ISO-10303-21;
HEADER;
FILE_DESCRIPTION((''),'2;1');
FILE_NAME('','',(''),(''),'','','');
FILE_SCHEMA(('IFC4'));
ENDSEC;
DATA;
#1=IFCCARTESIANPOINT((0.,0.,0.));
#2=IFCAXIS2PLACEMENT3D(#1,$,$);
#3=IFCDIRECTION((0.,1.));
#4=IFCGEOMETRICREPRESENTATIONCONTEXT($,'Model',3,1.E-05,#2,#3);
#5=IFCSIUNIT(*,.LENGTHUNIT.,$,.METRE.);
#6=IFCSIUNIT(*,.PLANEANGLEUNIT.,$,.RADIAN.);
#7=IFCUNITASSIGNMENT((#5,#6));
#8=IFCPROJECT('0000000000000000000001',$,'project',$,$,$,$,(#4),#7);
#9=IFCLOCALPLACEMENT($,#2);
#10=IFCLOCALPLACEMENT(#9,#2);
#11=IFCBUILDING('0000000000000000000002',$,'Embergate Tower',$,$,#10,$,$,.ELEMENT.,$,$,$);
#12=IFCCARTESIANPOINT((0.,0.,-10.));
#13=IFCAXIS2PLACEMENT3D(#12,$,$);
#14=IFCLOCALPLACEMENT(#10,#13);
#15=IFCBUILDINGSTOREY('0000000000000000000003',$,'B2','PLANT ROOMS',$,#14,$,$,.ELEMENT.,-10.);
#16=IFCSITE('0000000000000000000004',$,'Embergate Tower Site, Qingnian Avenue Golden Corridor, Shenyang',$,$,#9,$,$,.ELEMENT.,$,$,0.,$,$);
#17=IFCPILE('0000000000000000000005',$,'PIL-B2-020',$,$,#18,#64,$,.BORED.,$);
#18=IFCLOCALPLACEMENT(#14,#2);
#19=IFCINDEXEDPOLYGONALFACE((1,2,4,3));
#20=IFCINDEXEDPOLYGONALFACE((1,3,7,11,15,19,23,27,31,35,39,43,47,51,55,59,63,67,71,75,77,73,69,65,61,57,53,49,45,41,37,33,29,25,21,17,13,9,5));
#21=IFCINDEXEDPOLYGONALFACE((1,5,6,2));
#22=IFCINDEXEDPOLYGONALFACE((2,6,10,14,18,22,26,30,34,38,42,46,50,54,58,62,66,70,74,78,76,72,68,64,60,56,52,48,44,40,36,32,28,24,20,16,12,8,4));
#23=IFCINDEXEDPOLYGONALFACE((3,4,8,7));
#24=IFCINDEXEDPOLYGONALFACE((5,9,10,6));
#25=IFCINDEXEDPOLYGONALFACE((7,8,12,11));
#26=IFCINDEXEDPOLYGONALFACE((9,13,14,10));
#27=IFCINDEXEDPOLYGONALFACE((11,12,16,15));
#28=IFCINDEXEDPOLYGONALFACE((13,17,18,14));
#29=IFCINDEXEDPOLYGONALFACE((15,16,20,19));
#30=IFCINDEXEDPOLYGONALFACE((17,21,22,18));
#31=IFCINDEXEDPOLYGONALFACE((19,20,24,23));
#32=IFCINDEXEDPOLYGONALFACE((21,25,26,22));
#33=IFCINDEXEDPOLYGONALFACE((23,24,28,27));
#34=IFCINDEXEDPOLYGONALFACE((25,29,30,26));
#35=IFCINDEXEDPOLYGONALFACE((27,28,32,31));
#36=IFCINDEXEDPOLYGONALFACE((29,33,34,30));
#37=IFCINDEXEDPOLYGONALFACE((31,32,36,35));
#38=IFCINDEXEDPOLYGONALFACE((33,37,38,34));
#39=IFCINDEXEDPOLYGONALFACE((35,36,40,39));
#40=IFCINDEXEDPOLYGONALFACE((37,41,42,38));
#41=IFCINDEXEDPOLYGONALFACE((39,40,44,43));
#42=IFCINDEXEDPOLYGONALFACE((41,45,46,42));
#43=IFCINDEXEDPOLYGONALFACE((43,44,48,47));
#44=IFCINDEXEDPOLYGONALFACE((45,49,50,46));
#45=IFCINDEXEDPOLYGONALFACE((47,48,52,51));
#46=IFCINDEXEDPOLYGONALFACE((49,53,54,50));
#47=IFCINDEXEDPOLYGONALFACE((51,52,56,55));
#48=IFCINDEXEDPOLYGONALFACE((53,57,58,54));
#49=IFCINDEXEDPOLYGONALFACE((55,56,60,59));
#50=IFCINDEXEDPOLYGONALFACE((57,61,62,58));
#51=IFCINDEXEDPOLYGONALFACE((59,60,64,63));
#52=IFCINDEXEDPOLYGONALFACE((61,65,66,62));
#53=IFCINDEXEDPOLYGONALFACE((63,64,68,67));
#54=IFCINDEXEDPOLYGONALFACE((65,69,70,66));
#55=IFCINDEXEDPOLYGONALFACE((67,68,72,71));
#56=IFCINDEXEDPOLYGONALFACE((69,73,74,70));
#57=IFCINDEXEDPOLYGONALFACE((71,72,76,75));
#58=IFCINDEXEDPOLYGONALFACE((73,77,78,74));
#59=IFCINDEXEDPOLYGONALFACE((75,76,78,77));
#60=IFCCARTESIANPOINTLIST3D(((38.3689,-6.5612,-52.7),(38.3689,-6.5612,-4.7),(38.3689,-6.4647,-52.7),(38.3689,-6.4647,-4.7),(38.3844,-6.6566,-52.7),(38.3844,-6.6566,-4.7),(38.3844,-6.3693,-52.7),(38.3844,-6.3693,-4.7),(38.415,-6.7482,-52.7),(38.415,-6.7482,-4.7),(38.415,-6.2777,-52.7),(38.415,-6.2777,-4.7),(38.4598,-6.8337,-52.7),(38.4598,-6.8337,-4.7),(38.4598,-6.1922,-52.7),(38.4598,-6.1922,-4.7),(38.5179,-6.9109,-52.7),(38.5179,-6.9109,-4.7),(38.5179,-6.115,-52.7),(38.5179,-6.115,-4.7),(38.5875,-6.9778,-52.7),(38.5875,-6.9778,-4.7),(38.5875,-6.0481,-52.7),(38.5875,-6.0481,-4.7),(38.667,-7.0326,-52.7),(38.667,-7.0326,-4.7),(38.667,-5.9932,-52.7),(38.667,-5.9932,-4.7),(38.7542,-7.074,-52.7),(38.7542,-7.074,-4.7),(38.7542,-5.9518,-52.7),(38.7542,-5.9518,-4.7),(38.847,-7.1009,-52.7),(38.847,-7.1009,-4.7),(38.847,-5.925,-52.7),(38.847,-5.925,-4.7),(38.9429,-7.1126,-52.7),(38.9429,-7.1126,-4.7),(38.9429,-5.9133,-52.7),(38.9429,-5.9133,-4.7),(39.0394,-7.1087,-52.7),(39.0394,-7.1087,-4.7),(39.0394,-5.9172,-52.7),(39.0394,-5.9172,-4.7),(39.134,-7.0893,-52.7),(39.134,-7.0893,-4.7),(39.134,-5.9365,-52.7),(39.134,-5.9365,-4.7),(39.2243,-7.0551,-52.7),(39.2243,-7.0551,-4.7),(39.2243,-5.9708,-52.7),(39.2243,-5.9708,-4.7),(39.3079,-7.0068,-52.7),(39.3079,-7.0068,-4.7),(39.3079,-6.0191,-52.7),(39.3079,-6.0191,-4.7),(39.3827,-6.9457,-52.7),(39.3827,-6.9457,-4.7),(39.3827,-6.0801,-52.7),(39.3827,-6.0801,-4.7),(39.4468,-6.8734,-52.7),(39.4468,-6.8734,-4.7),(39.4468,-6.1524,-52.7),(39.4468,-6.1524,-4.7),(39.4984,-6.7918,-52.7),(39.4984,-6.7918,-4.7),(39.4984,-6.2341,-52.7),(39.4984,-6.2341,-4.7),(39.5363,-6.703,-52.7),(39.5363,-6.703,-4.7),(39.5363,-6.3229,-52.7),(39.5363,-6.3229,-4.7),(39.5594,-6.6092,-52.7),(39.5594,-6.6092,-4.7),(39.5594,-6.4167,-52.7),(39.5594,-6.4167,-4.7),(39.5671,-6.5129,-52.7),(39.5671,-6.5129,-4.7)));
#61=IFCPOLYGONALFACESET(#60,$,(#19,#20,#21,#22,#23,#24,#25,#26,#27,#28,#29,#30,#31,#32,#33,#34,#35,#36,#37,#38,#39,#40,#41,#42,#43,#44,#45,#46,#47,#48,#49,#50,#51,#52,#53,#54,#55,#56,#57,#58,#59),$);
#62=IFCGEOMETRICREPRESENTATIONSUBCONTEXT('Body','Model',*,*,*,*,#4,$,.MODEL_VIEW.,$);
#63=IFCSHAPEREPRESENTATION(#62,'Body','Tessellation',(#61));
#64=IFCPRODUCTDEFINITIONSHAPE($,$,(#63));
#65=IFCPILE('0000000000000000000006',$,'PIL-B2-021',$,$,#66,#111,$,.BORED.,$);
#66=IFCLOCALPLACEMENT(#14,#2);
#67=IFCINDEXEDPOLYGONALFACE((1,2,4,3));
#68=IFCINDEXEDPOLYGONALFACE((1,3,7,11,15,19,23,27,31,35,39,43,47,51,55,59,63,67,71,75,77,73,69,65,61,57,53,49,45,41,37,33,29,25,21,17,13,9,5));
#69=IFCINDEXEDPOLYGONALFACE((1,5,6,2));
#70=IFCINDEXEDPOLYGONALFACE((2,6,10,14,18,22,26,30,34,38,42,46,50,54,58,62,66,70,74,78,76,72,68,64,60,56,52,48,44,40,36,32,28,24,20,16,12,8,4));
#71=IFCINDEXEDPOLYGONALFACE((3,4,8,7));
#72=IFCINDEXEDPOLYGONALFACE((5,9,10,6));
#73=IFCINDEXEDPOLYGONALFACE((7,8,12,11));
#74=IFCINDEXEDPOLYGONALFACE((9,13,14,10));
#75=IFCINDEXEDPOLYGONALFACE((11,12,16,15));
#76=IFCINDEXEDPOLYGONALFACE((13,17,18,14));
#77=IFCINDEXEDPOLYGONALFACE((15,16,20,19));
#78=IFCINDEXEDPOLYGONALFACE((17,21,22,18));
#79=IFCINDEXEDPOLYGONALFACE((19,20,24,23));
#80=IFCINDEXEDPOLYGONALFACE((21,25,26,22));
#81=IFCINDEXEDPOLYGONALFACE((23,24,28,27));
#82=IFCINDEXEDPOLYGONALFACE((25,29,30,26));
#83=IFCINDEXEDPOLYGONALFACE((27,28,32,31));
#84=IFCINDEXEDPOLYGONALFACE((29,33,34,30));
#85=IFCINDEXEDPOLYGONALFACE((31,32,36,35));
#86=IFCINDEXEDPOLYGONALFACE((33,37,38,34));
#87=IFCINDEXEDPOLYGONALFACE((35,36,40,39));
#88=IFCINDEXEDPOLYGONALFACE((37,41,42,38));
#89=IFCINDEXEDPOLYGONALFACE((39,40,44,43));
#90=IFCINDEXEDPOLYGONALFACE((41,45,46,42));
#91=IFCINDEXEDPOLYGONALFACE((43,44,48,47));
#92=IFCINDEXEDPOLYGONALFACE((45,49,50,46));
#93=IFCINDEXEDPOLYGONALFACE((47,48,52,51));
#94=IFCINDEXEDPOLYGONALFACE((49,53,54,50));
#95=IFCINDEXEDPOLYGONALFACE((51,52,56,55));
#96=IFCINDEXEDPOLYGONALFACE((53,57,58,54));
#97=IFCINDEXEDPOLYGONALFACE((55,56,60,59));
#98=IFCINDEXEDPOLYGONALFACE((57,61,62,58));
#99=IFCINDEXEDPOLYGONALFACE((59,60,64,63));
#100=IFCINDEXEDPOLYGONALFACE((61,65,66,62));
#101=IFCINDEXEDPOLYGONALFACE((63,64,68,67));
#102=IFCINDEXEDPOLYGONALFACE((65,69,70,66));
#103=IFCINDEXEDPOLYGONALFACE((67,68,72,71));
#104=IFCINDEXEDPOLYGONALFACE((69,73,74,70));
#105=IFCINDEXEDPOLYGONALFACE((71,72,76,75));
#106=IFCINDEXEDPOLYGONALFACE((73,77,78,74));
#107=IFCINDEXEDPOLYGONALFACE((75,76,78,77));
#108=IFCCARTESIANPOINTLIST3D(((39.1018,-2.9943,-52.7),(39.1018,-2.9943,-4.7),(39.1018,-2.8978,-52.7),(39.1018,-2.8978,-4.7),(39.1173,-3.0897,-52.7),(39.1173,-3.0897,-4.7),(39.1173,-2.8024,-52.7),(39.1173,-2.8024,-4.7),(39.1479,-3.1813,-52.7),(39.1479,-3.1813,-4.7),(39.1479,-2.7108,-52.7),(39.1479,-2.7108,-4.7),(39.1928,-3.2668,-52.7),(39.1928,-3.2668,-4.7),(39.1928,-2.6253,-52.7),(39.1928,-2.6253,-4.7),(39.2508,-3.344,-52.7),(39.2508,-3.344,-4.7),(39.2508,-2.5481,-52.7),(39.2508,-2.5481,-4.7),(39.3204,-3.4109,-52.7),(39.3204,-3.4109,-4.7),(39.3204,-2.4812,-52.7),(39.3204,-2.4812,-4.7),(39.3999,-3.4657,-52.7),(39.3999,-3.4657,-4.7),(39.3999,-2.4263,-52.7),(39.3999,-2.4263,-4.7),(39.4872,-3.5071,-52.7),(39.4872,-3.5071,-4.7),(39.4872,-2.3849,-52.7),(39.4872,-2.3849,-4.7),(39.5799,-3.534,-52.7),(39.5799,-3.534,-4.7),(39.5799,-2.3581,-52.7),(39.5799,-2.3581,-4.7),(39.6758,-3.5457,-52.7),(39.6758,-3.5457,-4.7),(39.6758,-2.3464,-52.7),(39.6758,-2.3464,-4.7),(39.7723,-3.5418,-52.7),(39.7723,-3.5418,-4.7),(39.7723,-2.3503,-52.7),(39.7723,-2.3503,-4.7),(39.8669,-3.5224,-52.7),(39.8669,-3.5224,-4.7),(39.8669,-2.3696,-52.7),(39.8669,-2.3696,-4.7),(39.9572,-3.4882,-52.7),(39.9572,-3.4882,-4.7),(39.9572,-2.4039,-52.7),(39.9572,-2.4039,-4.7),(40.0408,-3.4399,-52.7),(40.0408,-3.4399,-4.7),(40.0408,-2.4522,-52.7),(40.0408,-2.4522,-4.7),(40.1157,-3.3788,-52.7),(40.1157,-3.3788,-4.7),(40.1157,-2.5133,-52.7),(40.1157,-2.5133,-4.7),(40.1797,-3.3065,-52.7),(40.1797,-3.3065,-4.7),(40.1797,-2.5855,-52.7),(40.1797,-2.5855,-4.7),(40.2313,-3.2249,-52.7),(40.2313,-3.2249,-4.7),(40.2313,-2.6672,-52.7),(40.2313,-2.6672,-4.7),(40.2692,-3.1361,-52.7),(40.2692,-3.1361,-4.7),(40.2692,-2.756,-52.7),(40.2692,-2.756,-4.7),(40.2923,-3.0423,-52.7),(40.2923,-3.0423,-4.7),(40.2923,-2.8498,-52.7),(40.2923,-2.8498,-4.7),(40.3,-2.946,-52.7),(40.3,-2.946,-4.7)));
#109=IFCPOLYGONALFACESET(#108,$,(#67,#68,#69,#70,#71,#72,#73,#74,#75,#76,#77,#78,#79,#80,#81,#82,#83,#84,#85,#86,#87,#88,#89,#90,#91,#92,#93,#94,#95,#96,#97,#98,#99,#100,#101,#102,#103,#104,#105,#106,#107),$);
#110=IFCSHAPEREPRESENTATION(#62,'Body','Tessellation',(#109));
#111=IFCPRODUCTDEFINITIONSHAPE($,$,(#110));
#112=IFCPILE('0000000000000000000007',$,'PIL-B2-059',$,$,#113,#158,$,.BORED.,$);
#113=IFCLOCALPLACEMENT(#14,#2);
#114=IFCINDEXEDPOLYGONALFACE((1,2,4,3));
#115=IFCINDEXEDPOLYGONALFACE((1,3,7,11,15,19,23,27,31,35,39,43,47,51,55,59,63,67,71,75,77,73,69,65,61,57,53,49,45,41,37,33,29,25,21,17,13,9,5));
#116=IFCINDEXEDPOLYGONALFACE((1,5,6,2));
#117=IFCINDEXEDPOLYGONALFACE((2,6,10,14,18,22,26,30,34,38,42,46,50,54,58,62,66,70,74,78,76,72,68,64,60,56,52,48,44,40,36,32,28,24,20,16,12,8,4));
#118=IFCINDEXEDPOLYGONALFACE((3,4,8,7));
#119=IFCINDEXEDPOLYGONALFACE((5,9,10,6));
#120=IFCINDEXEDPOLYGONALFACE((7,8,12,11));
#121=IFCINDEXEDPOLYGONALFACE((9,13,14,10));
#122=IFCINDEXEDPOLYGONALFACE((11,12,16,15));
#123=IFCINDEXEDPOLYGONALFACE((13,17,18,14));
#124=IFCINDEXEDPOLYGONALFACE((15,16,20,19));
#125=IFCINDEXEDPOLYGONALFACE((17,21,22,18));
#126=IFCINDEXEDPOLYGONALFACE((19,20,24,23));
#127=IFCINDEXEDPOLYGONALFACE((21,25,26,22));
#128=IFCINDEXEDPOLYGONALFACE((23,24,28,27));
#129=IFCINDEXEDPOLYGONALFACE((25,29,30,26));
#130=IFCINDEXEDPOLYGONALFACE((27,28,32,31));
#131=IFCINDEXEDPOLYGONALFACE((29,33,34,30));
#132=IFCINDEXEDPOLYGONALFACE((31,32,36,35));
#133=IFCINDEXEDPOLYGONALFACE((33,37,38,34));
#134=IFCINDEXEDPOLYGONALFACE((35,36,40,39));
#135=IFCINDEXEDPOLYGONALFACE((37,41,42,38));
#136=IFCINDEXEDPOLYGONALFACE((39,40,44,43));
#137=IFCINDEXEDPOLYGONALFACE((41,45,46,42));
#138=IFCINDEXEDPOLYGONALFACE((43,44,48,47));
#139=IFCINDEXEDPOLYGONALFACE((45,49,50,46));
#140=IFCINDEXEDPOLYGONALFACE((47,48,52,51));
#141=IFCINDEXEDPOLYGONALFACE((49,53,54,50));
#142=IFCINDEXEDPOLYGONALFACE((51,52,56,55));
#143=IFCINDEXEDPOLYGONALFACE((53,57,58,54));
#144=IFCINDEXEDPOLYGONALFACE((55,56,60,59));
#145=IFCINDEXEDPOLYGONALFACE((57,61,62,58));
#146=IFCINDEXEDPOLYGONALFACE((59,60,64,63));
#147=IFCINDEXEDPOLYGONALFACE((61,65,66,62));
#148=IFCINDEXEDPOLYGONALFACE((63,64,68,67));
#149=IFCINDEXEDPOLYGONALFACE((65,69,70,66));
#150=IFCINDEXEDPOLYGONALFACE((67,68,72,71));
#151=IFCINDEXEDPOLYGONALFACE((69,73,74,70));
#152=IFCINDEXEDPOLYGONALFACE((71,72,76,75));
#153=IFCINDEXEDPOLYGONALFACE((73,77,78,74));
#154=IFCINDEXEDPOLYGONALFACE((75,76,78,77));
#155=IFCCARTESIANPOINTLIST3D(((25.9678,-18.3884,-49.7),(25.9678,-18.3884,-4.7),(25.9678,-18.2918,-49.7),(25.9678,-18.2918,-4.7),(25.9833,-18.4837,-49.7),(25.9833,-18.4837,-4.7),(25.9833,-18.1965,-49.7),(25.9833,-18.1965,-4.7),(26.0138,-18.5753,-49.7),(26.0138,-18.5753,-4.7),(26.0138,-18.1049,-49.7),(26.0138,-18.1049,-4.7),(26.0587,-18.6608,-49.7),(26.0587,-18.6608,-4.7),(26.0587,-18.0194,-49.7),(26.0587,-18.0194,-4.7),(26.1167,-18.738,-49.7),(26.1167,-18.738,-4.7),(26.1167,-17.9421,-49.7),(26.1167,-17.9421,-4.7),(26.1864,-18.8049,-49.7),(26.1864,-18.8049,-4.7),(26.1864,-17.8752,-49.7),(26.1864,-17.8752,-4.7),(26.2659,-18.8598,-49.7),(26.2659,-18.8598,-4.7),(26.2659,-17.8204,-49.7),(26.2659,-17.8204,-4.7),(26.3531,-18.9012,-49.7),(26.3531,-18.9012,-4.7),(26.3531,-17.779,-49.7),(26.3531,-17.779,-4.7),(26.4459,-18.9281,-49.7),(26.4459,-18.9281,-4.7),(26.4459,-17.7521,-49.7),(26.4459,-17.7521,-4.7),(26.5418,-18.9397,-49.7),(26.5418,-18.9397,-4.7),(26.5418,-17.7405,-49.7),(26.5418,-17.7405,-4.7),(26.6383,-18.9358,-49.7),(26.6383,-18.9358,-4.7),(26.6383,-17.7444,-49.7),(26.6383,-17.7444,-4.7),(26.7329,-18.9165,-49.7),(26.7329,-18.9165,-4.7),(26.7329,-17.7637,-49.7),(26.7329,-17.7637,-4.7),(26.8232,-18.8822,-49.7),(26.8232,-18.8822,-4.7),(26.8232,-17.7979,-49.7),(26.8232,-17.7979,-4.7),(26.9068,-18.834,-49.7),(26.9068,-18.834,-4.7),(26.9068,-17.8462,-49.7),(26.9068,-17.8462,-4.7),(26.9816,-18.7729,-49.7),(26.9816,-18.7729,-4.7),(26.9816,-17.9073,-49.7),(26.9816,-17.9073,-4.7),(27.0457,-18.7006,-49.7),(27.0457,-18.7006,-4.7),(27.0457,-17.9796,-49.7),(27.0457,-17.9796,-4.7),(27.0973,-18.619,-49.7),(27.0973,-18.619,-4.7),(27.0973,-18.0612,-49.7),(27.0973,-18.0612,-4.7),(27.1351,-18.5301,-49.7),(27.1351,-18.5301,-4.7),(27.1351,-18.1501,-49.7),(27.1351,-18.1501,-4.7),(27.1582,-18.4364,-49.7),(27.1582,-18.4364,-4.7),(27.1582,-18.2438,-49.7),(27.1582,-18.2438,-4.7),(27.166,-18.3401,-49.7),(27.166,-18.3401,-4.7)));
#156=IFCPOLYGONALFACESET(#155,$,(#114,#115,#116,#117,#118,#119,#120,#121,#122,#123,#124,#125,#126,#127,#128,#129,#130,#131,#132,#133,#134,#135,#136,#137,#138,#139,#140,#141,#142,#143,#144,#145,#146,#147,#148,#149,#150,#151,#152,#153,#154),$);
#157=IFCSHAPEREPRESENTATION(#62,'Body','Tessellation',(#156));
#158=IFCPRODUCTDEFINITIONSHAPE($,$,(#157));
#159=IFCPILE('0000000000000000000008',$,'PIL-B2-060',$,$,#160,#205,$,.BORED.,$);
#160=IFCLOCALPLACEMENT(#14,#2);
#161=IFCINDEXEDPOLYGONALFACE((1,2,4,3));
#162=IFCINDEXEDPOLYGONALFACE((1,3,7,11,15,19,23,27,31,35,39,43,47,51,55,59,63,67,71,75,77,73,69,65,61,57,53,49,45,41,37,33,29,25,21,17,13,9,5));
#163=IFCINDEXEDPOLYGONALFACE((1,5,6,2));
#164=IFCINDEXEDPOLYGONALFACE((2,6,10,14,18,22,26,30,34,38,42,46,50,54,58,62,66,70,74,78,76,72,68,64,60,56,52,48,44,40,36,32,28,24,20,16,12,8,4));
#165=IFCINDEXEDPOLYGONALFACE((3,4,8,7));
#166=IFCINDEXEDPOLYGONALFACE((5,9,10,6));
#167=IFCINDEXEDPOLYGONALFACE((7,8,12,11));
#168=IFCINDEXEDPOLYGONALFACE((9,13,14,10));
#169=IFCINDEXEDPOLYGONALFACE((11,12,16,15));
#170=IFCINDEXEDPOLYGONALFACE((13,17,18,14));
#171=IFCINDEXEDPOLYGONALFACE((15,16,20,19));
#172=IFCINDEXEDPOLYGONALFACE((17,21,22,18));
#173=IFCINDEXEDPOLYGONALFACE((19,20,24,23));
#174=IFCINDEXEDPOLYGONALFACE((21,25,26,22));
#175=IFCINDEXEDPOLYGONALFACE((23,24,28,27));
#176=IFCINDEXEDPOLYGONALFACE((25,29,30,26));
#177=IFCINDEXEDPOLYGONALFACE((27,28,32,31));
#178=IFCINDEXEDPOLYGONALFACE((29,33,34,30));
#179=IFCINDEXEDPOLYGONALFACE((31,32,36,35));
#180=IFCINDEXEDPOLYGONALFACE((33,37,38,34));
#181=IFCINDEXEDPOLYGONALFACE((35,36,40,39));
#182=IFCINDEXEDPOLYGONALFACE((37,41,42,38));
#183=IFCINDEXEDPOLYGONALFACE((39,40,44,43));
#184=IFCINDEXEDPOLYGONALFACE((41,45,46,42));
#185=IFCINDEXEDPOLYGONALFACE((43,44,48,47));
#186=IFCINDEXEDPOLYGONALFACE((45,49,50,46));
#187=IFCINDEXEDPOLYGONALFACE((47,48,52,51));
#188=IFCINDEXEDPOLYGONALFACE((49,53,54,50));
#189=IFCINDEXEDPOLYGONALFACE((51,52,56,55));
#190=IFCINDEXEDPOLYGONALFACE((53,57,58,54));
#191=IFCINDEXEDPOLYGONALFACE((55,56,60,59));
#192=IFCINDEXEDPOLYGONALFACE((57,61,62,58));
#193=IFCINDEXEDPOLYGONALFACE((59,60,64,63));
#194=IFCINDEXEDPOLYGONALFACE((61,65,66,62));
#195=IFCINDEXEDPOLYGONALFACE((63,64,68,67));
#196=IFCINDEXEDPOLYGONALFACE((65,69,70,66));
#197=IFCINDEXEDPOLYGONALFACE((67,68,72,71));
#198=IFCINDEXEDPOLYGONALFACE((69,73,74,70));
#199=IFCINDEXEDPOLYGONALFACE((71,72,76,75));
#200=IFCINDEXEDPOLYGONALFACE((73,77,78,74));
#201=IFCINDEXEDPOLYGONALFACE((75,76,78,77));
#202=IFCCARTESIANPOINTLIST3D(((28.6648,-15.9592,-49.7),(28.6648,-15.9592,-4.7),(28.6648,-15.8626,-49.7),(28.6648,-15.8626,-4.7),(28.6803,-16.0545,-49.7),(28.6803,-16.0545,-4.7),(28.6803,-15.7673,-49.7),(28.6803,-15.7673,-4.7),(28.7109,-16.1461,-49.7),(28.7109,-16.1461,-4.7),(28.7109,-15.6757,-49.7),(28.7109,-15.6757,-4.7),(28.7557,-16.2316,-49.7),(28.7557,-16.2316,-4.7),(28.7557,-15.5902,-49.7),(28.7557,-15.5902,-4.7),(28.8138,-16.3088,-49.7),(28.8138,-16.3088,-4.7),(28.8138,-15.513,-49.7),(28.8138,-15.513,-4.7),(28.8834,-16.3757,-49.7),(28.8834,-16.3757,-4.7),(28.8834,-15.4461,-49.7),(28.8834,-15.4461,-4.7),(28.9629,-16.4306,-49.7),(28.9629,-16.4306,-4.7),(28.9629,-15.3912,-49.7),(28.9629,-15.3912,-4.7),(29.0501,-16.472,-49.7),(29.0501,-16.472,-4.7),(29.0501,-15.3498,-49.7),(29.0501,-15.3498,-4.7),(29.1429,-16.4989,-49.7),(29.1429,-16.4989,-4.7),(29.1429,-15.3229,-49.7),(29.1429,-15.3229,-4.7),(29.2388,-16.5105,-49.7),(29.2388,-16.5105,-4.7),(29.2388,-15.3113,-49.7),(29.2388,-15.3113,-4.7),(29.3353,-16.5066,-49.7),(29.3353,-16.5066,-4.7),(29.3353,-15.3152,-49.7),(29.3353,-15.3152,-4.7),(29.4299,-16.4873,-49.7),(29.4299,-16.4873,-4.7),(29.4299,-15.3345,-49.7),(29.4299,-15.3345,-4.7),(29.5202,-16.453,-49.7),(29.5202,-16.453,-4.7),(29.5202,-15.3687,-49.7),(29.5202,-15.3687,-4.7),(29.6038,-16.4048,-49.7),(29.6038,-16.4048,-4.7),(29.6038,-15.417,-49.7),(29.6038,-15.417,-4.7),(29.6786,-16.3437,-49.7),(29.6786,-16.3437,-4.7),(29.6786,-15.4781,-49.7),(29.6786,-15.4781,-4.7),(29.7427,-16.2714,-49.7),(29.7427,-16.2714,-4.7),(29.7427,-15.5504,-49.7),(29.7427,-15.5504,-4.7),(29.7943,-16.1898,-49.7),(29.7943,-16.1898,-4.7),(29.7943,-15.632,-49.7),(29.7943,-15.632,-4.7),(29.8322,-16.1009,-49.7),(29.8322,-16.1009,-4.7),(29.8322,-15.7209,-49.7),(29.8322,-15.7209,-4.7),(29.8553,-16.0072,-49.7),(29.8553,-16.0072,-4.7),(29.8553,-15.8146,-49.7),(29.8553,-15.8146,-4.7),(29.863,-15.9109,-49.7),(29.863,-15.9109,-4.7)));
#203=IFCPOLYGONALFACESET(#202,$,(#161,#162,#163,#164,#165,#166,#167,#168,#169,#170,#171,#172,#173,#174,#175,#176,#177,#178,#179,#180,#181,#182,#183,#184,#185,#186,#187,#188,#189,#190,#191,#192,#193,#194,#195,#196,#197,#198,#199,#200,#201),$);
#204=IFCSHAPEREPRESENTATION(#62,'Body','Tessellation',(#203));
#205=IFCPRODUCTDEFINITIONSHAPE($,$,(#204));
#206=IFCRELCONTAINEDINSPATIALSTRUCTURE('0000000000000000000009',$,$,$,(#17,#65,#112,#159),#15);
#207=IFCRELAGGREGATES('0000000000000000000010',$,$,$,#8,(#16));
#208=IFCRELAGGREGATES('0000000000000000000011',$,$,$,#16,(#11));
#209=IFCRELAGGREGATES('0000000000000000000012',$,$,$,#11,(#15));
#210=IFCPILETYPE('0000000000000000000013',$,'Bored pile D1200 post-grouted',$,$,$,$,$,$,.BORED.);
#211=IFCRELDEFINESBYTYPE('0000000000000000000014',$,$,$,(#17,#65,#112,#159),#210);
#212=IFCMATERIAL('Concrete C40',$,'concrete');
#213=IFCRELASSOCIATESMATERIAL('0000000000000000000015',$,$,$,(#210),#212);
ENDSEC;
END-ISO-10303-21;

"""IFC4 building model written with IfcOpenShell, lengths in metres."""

from ifc_helpers import new_model, si_unit, direction, frame, origin, origin_2d, place, context, subcontext, project, spatial, circle, extrude, source, transform, mapped, material, material_profile, profile_set, type_object, element, save


model = new_model("IFC4")

# Units and contexts
model_context = context("Model", 3, precision=1e-05, world=origin(), true_north=direction((0.0, 1.0)))
body_context = subcontext(model_context, "Body", "Model", "MODEL_VIEW")
ifc_project = project(units=[si_unit("LENGTHUNIT", "METRE"), si_unit("PLANEANGLEUNIT", "RADIAN")], contexts=[model_context])

# Site, building, storey
site_placement = place(None, origin())
site = spatial("IfcSite", under=ifc_project, at=site_placement, Name="Embergate Tower Site, Qingnian Avenue Golden Corridor, Shenyang", CompositionType="ELEMENT", RefElevation=0.0)
building_placement = place(site_placement, origin())
building = spatial("IfcBuilding", under=site, at=building_placement, Name="Embergate Tower", CompositionType="ELEMENT")
storey_placement = place(building_placement, frame((0.0, 0.0, -10.0)))
storey = spatial("IfcBuildingStorey", under=building, at=storey_placement, Name="B2", Description="PLANT ROOMS", CompositionType="ELEMENT", Elevation=-10.0)

# Piles
ifc_material_1 = material(Name="Concrete C40", Category="concrete")
ifc_material_profile_1 = material_profile(ifc_material_1, circle(Radius=0.6001, at=origin_2d()), Name="D1200")
ifc_profile_set_1 = profile_set([ifc_material_profile_1], Name="Concrete C40")
pile_type = type_object("IfcPileType", Name="Bored pile D1200 post-grouted", PredefinedType="BORED", material=ifc_profile_set_1)
shared_shape_1 = source(origin(), body_context, "Body", "SweptSolid", [
    extrude(circle(Radius=0.6001, at=origin_2d()), origin(), (0.0, 0.0, 1.0), 48.0),
])
for number, where, z_axis, x_axis, name in (
    (1, (38.967, -6.5129, -4.7), (0.0, 0.0, -1.0), (1.0, 0.0, 0.0), "PIL-B2-020"),
    (2, (39.7, -2.946, -4.7), (0.0, 0.0, -1.0), (1.0, 0.0, 0.0), "PIL-B2-021"),
):
    element("IfcPile", number, at=place(storey_placement, frame(where, z_axis=z_axis, x_axis=x_axis)), inside=storey, type_object=pile_type, Name=name, PredefinedType="BORED", context=body_context, shape_type="MappedRepresentation", body=[
        mapped(shared_shape_1, transform((0.0, 0.0, 0.0))),
    ])
shared_shape_2 = source(origin(), body_context, "Body", "SweptSolid", [
    extrude(circle(Radius=0.6001, at=origin_2d()), origin(), (0.0, 0.0, 1.0), 45.0),
])
for number, where, z_axis, x_axis, name in (
    (3, (26.5659, -18.3401, -4.7), (0.0, 0.0, -1.0), (1.0, 0.0, 0.0), "PIL-B2-059"),
    (4, (29.2629, -15.9109, -4.7), (0.0, 0.0, -1.0), (1.0, 0.0, 0.0), "PIL-B2-060"),
):
    element("IfcPile", number, at=place(storey_placement, frame(where, z_axis=z_axis, x_axis=x_axis)), inside=storey, type_object=pile_type, Name=name, PredefinedType="BORED", context=body_context, shape_type="MappedRepresentation", body=[
        mapped(shared_shape_2, transform((0.0, 0.0, 0.0))),
    ])

save(model, "model.ifc")
